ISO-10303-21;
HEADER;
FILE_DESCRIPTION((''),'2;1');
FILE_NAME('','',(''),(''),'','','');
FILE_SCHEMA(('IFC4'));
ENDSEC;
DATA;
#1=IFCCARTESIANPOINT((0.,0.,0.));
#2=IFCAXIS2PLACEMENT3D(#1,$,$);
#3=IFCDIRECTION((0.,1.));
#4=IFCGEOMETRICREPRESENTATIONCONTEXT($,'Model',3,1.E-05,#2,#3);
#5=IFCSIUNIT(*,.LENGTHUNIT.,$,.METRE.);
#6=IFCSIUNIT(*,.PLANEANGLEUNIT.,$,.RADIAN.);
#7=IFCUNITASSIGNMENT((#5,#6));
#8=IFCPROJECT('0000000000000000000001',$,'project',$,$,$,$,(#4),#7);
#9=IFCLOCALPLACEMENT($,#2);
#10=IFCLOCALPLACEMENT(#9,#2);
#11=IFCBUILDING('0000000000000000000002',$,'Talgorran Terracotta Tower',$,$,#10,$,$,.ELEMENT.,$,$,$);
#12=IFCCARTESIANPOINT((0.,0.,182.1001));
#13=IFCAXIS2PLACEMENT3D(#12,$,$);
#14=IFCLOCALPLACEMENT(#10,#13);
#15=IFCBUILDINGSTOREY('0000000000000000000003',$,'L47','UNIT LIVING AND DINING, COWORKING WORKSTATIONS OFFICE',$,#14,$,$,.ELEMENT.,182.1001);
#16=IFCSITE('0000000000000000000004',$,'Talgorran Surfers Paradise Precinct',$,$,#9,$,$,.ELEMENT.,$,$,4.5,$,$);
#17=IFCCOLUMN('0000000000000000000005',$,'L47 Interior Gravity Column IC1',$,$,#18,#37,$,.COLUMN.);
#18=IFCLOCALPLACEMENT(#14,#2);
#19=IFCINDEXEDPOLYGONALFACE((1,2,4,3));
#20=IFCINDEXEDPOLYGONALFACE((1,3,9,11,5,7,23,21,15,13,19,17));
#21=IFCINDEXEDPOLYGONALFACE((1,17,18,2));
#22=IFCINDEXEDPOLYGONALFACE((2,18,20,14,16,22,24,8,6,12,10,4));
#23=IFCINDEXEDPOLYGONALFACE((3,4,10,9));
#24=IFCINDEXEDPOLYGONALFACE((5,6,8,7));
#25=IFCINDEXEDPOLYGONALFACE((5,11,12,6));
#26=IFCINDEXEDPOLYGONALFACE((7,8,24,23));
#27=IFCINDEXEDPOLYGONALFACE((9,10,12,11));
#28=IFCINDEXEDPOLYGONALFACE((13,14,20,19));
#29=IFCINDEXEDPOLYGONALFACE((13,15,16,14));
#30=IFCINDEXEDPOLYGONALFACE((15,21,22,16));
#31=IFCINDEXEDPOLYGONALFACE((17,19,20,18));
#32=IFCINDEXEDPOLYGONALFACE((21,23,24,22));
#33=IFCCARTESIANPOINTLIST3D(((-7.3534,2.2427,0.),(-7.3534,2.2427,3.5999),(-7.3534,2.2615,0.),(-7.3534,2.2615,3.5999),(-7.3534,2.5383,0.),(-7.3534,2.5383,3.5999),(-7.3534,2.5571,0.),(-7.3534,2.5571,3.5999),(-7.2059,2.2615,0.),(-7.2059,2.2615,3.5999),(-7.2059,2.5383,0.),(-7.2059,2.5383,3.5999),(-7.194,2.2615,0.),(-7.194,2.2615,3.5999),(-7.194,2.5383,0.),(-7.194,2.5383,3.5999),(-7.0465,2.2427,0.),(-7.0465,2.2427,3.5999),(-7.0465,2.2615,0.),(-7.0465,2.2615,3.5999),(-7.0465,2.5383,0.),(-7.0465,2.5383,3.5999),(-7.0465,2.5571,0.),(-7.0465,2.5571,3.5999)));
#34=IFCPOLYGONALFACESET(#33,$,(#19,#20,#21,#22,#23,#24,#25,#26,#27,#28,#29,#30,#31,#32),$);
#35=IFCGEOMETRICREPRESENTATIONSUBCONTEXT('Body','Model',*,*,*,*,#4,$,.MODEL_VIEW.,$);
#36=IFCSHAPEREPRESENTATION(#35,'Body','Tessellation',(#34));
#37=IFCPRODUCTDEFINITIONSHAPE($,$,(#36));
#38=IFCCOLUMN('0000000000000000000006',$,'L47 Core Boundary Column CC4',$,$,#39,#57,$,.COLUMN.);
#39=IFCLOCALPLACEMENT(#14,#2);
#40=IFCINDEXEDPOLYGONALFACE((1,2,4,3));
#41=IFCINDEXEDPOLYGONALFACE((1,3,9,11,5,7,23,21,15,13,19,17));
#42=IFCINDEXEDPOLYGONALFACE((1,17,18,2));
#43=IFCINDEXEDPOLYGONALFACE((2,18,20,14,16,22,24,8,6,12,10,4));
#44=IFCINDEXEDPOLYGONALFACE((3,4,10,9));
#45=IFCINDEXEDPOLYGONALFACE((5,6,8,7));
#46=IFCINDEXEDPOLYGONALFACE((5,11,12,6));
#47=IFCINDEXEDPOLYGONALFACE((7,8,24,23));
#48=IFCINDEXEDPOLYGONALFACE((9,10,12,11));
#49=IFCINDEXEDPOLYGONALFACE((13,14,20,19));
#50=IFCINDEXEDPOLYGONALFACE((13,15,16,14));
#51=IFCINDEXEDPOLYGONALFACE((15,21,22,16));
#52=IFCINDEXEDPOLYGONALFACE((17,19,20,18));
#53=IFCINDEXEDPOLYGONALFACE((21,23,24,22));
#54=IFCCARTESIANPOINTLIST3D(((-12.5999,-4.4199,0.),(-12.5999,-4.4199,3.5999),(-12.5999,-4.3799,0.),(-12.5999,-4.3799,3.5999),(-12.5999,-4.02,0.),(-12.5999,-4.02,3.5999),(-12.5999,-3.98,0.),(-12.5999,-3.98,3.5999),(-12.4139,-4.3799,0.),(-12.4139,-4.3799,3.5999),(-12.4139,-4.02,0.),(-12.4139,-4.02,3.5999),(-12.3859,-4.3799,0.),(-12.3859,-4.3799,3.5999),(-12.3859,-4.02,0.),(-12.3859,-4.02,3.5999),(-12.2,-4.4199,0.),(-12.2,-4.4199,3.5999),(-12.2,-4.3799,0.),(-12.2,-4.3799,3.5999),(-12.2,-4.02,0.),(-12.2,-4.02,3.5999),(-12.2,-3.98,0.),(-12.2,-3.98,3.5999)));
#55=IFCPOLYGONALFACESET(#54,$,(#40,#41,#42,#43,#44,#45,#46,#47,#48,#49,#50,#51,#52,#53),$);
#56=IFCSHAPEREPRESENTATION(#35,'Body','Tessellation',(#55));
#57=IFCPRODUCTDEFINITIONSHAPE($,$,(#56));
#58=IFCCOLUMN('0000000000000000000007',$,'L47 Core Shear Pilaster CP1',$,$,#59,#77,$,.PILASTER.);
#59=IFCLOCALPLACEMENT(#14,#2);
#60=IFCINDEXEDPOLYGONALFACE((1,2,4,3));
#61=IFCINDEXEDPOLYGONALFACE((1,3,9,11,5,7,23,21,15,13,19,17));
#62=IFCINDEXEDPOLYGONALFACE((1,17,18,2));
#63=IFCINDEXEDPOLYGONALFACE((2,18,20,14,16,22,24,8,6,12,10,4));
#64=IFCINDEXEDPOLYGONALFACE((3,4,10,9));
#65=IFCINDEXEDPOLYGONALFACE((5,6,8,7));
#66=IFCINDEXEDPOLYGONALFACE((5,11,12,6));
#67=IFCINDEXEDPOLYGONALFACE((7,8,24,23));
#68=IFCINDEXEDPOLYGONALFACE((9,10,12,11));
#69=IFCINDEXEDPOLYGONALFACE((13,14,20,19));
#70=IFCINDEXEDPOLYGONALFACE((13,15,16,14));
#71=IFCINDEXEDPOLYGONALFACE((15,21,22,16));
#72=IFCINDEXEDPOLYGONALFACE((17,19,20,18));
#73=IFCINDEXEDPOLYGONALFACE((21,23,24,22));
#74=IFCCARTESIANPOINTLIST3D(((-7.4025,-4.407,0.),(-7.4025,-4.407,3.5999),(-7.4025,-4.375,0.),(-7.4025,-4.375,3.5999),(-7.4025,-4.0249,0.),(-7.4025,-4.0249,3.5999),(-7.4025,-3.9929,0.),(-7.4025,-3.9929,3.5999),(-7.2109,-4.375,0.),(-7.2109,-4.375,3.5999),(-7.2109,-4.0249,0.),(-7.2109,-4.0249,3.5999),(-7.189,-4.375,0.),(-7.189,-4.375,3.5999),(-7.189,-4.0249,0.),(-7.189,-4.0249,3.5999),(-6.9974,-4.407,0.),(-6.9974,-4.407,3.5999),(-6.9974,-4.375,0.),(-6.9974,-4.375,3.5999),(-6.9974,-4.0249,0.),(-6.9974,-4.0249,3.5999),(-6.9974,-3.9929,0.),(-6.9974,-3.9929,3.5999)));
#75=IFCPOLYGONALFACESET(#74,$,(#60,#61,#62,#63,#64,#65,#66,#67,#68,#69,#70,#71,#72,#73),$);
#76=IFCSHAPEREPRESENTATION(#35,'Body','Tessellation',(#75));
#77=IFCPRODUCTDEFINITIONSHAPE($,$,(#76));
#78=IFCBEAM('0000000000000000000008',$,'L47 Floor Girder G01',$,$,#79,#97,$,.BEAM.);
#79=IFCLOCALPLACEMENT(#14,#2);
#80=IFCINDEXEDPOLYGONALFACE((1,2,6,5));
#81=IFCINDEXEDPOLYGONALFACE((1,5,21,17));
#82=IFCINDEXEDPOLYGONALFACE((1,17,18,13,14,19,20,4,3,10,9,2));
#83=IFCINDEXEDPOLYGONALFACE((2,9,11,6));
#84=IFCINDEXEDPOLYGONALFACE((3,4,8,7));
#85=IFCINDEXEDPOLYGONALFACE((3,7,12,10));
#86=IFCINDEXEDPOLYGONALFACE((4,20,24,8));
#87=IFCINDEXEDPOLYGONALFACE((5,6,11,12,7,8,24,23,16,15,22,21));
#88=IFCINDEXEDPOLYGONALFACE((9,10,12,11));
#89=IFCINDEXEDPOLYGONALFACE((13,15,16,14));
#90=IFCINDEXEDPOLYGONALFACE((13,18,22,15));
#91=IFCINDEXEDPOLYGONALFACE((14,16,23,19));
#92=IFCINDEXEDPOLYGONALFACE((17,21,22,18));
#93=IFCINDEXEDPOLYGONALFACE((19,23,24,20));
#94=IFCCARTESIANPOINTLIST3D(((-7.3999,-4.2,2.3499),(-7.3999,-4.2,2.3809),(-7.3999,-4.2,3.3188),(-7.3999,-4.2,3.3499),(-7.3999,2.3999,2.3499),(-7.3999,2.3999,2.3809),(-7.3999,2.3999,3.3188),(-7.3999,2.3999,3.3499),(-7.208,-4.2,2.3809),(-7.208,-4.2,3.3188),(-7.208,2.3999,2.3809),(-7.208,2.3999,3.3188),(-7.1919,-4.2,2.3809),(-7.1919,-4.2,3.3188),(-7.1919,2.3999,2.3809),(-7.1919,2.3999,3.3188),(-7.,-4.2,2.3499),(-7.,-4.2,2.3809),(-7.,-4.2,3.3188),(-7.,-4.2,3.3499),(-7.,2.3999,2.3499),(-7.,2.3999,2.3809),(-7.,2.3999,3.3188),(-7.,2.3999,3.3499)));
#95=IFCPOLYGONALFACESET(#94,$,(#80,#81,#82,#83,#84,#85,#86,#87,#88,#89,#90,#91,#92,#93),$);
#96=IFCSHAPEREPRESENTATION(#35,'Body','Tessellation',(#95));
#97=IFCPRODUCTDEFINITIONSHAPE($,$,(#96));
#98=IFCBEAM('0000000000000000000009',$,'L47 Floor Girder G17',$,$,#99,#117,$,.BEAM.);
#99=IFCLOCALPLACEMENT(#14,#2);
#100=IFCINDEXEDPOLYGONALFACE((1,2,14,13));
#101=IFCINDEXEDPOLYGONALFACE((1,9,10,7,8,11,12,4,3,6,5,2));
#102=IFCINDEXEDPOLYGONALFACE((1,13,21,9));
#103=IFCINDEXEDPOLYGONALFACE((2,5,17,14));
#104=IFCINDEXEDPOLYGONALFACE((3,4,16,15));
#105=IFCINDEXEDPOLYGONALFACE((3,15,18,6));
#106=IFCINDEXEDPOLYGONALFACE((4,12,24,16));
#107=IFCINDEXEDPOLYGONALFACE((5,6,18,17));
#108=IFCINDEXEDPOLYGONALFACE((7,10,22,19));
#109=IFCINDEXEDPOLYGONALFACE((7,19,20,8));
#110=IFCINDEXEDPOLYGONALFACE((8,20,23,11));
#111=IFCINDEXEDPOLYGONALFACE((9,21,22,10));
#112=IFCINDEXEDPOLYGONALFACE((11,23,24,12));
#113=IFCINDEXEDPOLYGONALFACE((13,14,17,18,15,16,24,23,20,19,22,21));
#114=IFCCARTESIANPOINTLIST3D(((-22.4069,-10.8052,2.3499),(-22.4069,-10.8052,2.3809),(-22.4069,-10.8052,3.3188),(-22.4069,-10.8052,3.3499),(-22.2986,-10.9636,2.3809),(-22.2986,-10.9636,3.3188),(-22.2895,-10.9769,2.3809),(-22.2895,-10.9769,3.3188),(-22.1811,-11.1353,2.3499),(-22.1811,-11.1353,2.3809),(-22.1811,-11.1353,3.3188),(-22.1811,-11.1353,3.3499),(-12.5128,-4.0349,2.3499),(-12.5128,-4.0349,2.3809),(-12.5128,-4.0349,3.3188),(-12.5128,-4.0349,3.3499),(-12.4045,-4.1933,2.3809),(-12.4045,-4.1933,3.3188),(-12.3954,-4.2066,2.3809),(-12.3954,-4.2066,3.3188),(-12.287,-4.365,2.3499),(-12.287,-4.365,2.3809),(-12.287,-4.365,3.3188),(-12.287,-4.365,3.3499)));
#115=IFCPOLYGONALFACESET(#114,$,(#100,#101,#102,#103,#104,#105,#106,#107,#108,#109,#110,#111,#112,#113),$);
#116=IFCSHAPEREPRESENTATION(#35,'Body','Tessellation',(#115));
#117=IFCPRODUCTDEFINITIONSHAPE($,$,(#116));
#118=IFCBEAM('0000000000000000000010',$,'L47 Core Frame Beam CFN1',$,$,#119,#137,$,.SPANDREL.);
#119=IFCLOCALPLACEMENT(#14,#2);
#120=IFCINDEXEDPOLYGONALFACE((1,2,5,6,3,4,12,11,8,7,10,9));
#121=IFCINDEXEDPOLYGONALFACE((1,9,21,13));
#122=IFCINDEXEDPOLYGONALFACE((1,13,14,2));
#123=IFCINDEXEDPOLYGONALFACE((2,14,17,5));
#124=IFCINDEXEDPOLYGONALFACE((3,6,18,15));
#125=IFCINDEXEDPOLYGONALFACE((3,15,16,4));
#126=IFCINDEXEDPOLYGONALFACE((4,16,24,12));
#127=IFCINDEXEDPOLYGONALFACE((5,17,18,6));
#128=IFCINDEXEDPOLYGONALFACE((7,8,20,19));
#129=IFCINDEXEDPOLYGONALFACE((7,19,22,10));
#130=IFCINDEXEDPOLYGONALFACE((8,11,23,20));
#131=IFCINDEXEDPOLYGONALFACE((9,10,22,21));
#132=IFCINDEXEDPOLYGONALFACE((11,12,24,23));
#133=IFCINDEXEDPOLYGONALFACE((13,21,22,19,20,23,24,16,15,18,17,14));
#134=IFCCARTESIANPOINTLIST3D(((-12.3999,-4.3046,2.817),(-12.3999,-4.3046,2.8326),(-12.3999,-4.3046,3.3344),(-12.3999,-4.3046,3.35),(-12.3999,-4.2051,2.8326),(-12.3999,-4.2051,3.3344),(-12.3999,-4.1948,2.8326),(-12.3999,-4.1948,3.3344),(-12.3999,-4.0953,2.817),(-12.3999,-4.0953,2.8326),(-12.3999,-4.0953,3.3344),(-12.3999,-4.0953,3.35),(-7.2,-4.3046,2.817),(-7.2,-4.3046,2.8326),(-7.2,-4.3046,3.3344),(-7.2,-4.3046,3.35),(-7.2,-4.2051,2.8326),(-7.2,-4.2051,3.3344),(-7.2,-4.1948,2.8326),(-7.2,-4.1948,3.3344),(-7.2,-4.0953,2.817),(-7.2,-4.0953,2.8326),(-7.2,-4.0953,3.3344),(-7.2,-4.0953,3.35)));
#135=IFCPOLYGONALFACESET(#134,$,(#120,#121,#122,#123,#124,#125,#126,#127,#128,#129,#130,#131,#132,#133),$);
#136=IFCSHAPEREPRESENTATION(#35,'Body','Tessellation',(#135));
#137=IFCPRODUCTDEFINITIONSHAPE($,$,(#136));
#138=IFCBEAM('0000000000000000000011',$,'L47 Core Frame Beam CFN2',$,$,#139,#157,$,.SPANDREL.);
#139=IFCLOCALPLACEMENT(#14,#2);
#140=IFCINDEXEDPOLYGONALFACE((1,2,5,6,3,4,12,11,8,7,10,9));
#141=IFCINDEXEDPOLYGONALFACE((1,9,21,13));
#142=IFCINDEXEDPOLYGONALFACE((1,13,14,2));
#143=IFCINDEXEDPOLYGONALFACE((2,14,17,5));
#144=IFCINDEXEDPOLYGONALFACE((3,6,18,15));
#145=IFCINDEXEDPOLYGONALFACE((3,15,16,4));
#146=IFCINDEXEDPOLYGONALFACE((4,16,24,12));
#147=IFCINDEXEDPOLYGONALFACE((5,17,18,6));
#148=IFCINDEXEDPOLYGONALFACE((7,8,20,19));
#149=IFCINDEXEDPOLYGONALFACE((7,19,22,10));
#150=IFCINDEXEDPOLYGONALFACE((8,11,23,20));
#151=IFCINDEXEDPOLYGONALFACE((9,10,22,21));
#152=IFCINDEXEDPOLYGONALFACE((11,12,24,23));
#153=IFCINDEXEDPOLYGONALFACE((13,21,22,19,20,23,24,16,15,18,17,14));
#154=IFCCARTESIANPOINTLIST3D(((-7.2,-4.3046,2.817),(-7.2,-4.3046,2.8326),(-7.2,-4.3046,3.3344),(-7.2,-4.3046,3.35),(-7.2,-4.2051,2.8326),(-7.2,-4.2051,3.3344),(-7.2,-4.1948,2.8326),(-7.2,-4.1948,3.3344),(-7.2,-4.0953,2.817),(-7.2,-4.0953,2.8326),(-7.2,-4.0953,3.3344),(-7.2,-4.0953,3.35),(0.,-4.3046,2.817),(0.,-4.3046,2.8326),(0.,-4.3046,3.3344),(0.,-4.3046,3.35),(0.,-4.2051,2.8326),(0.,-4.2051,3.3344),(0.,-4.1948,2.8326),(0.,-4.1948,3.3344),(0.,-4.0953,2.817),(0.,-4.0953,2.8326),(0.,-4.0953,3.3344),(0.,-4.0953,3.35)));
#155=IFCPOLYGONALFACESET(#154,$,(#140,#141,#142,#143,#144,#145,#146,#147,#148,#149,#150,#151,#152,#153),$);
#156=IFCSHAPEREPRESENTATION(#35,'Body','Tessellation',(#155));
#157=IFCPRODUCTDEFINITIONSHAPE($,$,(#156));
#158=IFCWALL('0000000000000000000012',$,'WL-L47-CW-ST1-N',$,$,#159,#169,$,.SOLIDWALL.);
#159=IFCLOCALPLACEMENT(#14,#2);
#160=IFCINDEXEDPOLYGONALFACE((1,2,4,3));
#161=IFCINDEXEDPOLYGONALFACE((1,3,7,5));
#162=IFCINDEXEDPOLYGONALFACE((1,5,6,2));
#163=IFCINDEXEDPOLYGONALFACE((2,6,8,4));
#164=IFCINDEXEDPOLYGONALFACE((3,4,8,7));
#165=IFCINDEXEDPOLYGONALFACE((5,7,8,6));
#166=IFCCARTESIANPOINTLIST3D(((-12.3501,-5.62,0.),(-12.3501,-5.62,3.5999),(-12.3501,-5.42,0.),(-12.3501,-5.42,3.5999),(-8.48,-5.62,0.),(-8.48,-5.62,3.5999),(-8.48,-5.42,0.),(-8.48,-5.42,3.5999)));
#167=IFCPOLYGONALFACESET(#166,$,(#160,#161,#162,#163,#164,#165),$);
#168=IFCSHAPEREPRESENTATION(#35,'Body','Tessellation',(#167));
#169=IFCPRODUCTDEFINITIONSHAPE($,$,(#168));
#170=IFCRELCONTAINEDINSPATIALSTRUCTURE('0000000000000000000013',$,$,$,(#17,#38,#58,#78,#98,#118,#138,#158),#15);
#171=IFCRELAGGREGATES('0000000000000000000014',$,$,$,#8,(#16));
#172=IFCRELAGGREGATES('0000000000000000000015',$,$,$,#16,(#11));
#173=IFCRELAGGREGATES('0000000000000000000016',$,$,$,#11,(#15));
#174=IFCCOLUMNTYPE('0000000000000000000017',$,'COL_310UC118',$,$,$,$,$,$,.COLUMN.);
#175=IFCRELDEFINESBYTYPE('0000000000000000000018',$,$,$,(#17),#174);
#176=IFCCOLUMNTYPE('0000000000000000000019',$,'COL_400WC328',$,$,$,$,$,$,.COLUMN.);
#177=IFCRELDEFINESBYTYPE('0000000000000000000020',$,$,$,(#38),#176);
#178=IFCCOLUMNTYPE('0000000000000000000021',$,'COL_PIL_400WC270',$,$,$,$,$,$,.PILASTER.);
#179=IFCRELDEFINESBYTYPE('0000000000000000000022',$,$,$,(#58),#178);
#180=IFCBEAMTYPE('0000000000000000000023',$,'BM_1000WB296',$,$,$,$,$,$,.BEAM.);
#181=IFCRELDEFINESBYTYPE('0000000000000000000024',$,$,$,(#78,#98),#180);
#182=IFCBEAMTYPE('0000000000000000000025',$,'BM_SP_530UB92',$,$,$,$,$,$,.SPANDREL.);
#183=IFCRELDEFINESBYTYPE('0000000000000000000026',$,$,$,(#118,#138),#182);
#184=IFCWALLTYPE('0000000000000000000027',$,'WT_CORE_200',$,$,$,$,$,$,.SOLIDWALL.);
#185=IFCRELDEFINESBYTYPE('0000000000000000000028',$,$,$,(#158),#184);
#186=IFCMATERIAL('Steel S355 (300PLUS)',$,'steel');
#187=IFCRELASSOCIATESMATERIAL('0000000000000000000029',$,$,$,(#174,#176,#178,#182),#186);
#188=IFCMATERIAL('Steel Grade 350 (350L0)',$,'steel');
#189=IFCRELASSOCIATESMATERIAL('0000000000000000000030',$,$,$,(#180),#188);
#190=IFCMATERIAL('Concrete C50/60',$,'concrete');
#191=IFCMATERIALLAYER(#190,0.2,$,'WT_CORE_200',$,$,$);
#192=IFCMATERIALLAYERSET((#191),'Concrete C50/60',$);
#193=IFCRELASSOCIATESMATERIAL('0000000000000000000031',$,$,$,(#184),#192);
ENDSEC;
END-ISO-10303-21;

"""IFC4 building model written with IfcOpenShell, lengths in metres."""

from ifc_helpers import new_model, si_unit, direction, frame, frame_2d, origin, origin_2d, place, context, subcontext, project, spatial, rectangle, i_section, extrude, material, layer, layer_set, material_profile, profile_set, type_object, element, save


model = new_model("IFC4")

# Units and contexts
model_context = context("Model", 3, precision=1e-05, world=origin(), true_north=direction((0.0, 1.0)))
body_context = subcontext(model_context, "Body", "Model", "MODEL_VIEW")
ifc_project = project(units=[si_unit("LENGTHUNIT", "METRE"), si_unit("PLANEANGLEUNIT", "RADIAN")], contexts=[model_context])

# Site, building, storey
site_placement = place(None, origin())
site = spatial("IfcSite", under=ifc_project, at=site_placement, Name="Talgorran Surfers Paradise Precinct", CompositionType="ELEMENT", RefElevation=4.5)
building_placement = place(site_placement, origin())
building = spatial("IfcBuilding", under=site, at=building_placement, Name="Talgorran Terracotta Tower", CompositionType="ELEMENT")
storey_placement = place(building_placement, frame((0.0, 0.0, 182.1001)))
storey = spatial("IfcBuildingStorey", under=building, at=storey_placement, Name="L47", Description="UNIT LIVING AND DINING, COWORKING WORKSTATIONS OFFICE", CompositionType="ELEMENT", Elevation=182.1001)

# Columns
ifc_material_1 = material(Name="Steel S355 (300PLUS)", Category="steel")
ifc_material_profile_1 = material_profile(ifc_material_1, i_section(OverallWidth=0.3069, OverallDepth=0.3145, WebThickness=0.012, FlangeThickness=0.0188, at=origin_2d()), Name="310UC118")
ifc_profile_set_1 = profile_set([ifc_material_profile_1], Name="Steel S355 (300PLUS)")
column_type_1 = type_object("IfcColumnType", Name="COL_310UC118", PredefinedType="COLUMN", material=ifc_profile_set_1)
column_1_placement = place(storey_placement, frame((-7.2, 2.3999, 0.0), z_axis=(0.0, 0.0, 1.0), x_axis=(1.0, 0.0, 0.0)))
element("IfcColumn", 1, at=column_1_placement, inside=storey, type_object=column_type_1, Name="L47 Interior Gravity Column IC1", PredefinedType="COLUMN", context=body_context, shape_type="SweptSolid", body=[
    extrude(i_section(OverallWidth=0.3069, OverallDepth=0.3145, WebThickness=0.012, FlangeThickness=0.0188, at=origin_2d()), origin(), (0.0, 0.0, 1.0), 3.5999),
])
ifc_material_profile_2 = material_profile(ifc_material_1, i_section(OverallWidth=0.3999, OverallDepth=0.4399, WebThickness=0.0281, FlangeThickness=0.04, at=origin_2d()), Name="400WC328")
ifc_profile_set_2 = profile_set([ifc_material_profile_2], Name="Steel S355 (300PLUS)")
column_type_2 = type_object("IfcColumnType", Name="COL_400WC328", PredefinedType="COLUMN", material=ifc_profile_set_2)
column_2_placement = place(storey_placement, frame((-12.3999, -4.2, 0.0), z_axis=(0.0, 0.0, 1.0), x_axis=(1.0, 0.0, 0.0)))
element("IfcColumn", 2, at=column_2_placement, inside=storey, type_object=column_type_2, Name="L47 Core Boundary Column CC4", PredefinedType="COLUMN", context=body_context, shape_type="SweptSolid", body=[
    extrude(i_section(OverallWidth=0.3999, OverallDepth=0.4399, WebThickness=0.0281, FlangeThickness=0.04, at=origin_2d()), origin(), (0.0, 0.0, 1.0), 3.5999),
])
ifc_material_profile_3 = material_profile(ifc_material_1, i_section(OverallWidth=0.405, OverallDepth=0.4141, WebThickness=0.022, FlangeThickness=0.032, at=origin_2d()), Name="400WC270")
ifc_profile_set_3 = profile_set([ifc_material_profile_3], Name="Steel S355 (300PLUS)")
column_type_3 = type_object("IfcColumnType", Name="COL_PIL_400WC270", PredefinedType="PILASTER", material=ifc_profile_set_3)
column_3_placement = place(storey_placement, frame((-7.2, -4.2, 0.0), z_axis=(0.0, 0.0, 1.0), x_axis=(1.0, 0.0, 0.0)))
element("IfcColumn", 3, at=column_3_placement, inside=storey, type_object=column_type_3, Name="L47 Core Shear Pilaster CP1", PredefinedType="PILASTER", context=body_context, shape_type="SweptSolid", body=[
    extrude(i_section(OverallWidth=0.405, OverallDepth=0.4141, WebThickness=0.022, FlangeThickness=0.032, at=origin_2d()), origin(), (0.0, 0.0, 1.0), 3.5999),
])

# Beams
ifc_material_2 = material(Name="Steel Grade 350 (350L0)", Category="steel")
ifc_material_profile_4 = material_profile(ifc_material_2, i_section(OverallWidth=0.3999, OverallDepth=1.0, WebThickness=0.0161, FlangeThickness=0.031, at=origin_2d()), Name="1000WB296")
ifc_profile_set_4 = profile_set([ifc_material_profile_4], Name="Steel Grade 350 (350L0)")
beam_type_1 = type_object("IfcBeamType", Name="BM_1000WB296", PredefinedType="BEAM", material=ifc_profile_set_4)
beam_1_placement = place(storey_placement, frame((-7.2, -4.2, 2.8499), z_axis=(0.0, 1.0, 0.0), x_axis=(-1.0, 0.0, 0.0)))
element("IfcBeam", 4, at=beam_1_placement, inside=storey, type_object=beam_type_1, Name="L47 Floor Girder G01", PredefinedType="BEAM", context=body_context, shape_type="SweptSolid", body=[
    extrude(i_section(OverallWidth=0.3999, OverallDepth=1.0, WebThickness=0.0161, FlangeThickness=0.031, at=origin_2d()), origin(), (0.0, 0.0, 1.0), 6.5999),
])
beam_2_placement = place(storey_placement, frame((-12.3999, -4.2, 2.8499), z_axis=(-0.825282, -0.564721, 0.0), x_axis=(0.564721, -0.825282, 0.0)))
element("IfcBeam", 5, at=beam_2_placement, inside=storey, type_object=beam_type_1, Name="L47 Floor Girder G17", PredefinedType="BEAM", context=body_context, shape_type="SweptSolid", body=[
    extrude(i_section(OverallWidth=0.3999, OverallDepth=1.0, WebThickness=0.0161, FlangeThickness=0.031, at=origin_2d()), origin(), (0.0, 0.0, 1.0), 11.9888),
])
ifc_material_profile_5 = material_profile(ifc_material_1, i_section(OverallWidth=0.2092, OverallDepth=0.533, WebThickness=0.0103, FlangeThickness=0.0156, at=origin_2d()), Name="530UB92.4")
ifc_profile_set_5 = profile_set([ifc_material_profile_5], Name="Steel S355 (300PLUS)")
beam_type_2 = type_object("IfcBeamType", Name="BM_SP_530UB92", PredefinedType="SPANDREL", material=ifc_profile_set_5)
beam_3_placement = place(storey_placement, frame((-12.3999, -4.2, 3.0835), z_axis=(1.0, 0.0, 0.0), x_axis=(0.0, 1.0, 0.0)))
element("IfcBeam", 6, at=beam_3_placement, inside=storey, type_object=beam_type_2, Name="L47 Core Frame Beam CFN1", PredefinedType="SPANDREL", context=body_context, shape_type="SweptSolid", body=[
    extrude(i_section(OverallWidth=0.2092, OverallDepth=0.533, WebThickness=0.0103, FlangeThickness=0.0156, at=origin_2d()), origin(), (0.0, 0.0, 1.0), 5.2),
])
beam_4_placement = place(storey_placement, frame((-7.2, -4.2, 3.0835), z_axis=(1.0, 0.0, 0.0), x_axis=(0.0, 1.0, 0.0)))
element("IfcBeam", 7, at=beam_4_placement, inside=storey, type_object=beam_type_2, Name="L47 Core Frame Beam CFN2", PredefinedType="SPANDREL", context=body_context, shape_type="SweptSolid", body=[
    extrude(i_section(OverallWidth=0.2092, OverallDepth=0.533, WebThickness=0.0103, FlangeThickness=0.0156, at=origin_2d()), origin(), (0.0, 0.0, 1.0), 7.2),
])

# Wall
ifc_material_3 = material(Name="Concrete C50/60", Category="concrete")
ifc_layer_1 = layer(ifc_material_3, 0.2, Name="WT_CORE_200")
ifc_layer_set_1 = layer_set([ifc_layer_1], Name="Concrete C50/60")
wall_type_1 = type_object("IfcWallType", Name="WT_CORE_200", PredefinedType="SOLIDWALL", material=ifc_layer_set_1)
wall_1_placement = place(storey_placement, frame((-12.3501, -5.52, 0.0), z_axis=(0.0, 0.0, 1.0), x_axis=(1.0, 0.0, 0.0)))
element("IfcWall", 8, at=wall_1_placement, inside=storey, type_object=wall_type_1, Name="WL-L47-CW-ST1-N", PredefinedType="SOLIDWALL", context=body_context, shape_type="SweptSolid", body=[
    extrude(rectangle(XDim=3.8701, YDim=0.2, at=frame_2d((1.9351, 0.0))), origin(), (0.0, 0.0, 1.0), 3.5999),
])

save(model, "model.ifc")
